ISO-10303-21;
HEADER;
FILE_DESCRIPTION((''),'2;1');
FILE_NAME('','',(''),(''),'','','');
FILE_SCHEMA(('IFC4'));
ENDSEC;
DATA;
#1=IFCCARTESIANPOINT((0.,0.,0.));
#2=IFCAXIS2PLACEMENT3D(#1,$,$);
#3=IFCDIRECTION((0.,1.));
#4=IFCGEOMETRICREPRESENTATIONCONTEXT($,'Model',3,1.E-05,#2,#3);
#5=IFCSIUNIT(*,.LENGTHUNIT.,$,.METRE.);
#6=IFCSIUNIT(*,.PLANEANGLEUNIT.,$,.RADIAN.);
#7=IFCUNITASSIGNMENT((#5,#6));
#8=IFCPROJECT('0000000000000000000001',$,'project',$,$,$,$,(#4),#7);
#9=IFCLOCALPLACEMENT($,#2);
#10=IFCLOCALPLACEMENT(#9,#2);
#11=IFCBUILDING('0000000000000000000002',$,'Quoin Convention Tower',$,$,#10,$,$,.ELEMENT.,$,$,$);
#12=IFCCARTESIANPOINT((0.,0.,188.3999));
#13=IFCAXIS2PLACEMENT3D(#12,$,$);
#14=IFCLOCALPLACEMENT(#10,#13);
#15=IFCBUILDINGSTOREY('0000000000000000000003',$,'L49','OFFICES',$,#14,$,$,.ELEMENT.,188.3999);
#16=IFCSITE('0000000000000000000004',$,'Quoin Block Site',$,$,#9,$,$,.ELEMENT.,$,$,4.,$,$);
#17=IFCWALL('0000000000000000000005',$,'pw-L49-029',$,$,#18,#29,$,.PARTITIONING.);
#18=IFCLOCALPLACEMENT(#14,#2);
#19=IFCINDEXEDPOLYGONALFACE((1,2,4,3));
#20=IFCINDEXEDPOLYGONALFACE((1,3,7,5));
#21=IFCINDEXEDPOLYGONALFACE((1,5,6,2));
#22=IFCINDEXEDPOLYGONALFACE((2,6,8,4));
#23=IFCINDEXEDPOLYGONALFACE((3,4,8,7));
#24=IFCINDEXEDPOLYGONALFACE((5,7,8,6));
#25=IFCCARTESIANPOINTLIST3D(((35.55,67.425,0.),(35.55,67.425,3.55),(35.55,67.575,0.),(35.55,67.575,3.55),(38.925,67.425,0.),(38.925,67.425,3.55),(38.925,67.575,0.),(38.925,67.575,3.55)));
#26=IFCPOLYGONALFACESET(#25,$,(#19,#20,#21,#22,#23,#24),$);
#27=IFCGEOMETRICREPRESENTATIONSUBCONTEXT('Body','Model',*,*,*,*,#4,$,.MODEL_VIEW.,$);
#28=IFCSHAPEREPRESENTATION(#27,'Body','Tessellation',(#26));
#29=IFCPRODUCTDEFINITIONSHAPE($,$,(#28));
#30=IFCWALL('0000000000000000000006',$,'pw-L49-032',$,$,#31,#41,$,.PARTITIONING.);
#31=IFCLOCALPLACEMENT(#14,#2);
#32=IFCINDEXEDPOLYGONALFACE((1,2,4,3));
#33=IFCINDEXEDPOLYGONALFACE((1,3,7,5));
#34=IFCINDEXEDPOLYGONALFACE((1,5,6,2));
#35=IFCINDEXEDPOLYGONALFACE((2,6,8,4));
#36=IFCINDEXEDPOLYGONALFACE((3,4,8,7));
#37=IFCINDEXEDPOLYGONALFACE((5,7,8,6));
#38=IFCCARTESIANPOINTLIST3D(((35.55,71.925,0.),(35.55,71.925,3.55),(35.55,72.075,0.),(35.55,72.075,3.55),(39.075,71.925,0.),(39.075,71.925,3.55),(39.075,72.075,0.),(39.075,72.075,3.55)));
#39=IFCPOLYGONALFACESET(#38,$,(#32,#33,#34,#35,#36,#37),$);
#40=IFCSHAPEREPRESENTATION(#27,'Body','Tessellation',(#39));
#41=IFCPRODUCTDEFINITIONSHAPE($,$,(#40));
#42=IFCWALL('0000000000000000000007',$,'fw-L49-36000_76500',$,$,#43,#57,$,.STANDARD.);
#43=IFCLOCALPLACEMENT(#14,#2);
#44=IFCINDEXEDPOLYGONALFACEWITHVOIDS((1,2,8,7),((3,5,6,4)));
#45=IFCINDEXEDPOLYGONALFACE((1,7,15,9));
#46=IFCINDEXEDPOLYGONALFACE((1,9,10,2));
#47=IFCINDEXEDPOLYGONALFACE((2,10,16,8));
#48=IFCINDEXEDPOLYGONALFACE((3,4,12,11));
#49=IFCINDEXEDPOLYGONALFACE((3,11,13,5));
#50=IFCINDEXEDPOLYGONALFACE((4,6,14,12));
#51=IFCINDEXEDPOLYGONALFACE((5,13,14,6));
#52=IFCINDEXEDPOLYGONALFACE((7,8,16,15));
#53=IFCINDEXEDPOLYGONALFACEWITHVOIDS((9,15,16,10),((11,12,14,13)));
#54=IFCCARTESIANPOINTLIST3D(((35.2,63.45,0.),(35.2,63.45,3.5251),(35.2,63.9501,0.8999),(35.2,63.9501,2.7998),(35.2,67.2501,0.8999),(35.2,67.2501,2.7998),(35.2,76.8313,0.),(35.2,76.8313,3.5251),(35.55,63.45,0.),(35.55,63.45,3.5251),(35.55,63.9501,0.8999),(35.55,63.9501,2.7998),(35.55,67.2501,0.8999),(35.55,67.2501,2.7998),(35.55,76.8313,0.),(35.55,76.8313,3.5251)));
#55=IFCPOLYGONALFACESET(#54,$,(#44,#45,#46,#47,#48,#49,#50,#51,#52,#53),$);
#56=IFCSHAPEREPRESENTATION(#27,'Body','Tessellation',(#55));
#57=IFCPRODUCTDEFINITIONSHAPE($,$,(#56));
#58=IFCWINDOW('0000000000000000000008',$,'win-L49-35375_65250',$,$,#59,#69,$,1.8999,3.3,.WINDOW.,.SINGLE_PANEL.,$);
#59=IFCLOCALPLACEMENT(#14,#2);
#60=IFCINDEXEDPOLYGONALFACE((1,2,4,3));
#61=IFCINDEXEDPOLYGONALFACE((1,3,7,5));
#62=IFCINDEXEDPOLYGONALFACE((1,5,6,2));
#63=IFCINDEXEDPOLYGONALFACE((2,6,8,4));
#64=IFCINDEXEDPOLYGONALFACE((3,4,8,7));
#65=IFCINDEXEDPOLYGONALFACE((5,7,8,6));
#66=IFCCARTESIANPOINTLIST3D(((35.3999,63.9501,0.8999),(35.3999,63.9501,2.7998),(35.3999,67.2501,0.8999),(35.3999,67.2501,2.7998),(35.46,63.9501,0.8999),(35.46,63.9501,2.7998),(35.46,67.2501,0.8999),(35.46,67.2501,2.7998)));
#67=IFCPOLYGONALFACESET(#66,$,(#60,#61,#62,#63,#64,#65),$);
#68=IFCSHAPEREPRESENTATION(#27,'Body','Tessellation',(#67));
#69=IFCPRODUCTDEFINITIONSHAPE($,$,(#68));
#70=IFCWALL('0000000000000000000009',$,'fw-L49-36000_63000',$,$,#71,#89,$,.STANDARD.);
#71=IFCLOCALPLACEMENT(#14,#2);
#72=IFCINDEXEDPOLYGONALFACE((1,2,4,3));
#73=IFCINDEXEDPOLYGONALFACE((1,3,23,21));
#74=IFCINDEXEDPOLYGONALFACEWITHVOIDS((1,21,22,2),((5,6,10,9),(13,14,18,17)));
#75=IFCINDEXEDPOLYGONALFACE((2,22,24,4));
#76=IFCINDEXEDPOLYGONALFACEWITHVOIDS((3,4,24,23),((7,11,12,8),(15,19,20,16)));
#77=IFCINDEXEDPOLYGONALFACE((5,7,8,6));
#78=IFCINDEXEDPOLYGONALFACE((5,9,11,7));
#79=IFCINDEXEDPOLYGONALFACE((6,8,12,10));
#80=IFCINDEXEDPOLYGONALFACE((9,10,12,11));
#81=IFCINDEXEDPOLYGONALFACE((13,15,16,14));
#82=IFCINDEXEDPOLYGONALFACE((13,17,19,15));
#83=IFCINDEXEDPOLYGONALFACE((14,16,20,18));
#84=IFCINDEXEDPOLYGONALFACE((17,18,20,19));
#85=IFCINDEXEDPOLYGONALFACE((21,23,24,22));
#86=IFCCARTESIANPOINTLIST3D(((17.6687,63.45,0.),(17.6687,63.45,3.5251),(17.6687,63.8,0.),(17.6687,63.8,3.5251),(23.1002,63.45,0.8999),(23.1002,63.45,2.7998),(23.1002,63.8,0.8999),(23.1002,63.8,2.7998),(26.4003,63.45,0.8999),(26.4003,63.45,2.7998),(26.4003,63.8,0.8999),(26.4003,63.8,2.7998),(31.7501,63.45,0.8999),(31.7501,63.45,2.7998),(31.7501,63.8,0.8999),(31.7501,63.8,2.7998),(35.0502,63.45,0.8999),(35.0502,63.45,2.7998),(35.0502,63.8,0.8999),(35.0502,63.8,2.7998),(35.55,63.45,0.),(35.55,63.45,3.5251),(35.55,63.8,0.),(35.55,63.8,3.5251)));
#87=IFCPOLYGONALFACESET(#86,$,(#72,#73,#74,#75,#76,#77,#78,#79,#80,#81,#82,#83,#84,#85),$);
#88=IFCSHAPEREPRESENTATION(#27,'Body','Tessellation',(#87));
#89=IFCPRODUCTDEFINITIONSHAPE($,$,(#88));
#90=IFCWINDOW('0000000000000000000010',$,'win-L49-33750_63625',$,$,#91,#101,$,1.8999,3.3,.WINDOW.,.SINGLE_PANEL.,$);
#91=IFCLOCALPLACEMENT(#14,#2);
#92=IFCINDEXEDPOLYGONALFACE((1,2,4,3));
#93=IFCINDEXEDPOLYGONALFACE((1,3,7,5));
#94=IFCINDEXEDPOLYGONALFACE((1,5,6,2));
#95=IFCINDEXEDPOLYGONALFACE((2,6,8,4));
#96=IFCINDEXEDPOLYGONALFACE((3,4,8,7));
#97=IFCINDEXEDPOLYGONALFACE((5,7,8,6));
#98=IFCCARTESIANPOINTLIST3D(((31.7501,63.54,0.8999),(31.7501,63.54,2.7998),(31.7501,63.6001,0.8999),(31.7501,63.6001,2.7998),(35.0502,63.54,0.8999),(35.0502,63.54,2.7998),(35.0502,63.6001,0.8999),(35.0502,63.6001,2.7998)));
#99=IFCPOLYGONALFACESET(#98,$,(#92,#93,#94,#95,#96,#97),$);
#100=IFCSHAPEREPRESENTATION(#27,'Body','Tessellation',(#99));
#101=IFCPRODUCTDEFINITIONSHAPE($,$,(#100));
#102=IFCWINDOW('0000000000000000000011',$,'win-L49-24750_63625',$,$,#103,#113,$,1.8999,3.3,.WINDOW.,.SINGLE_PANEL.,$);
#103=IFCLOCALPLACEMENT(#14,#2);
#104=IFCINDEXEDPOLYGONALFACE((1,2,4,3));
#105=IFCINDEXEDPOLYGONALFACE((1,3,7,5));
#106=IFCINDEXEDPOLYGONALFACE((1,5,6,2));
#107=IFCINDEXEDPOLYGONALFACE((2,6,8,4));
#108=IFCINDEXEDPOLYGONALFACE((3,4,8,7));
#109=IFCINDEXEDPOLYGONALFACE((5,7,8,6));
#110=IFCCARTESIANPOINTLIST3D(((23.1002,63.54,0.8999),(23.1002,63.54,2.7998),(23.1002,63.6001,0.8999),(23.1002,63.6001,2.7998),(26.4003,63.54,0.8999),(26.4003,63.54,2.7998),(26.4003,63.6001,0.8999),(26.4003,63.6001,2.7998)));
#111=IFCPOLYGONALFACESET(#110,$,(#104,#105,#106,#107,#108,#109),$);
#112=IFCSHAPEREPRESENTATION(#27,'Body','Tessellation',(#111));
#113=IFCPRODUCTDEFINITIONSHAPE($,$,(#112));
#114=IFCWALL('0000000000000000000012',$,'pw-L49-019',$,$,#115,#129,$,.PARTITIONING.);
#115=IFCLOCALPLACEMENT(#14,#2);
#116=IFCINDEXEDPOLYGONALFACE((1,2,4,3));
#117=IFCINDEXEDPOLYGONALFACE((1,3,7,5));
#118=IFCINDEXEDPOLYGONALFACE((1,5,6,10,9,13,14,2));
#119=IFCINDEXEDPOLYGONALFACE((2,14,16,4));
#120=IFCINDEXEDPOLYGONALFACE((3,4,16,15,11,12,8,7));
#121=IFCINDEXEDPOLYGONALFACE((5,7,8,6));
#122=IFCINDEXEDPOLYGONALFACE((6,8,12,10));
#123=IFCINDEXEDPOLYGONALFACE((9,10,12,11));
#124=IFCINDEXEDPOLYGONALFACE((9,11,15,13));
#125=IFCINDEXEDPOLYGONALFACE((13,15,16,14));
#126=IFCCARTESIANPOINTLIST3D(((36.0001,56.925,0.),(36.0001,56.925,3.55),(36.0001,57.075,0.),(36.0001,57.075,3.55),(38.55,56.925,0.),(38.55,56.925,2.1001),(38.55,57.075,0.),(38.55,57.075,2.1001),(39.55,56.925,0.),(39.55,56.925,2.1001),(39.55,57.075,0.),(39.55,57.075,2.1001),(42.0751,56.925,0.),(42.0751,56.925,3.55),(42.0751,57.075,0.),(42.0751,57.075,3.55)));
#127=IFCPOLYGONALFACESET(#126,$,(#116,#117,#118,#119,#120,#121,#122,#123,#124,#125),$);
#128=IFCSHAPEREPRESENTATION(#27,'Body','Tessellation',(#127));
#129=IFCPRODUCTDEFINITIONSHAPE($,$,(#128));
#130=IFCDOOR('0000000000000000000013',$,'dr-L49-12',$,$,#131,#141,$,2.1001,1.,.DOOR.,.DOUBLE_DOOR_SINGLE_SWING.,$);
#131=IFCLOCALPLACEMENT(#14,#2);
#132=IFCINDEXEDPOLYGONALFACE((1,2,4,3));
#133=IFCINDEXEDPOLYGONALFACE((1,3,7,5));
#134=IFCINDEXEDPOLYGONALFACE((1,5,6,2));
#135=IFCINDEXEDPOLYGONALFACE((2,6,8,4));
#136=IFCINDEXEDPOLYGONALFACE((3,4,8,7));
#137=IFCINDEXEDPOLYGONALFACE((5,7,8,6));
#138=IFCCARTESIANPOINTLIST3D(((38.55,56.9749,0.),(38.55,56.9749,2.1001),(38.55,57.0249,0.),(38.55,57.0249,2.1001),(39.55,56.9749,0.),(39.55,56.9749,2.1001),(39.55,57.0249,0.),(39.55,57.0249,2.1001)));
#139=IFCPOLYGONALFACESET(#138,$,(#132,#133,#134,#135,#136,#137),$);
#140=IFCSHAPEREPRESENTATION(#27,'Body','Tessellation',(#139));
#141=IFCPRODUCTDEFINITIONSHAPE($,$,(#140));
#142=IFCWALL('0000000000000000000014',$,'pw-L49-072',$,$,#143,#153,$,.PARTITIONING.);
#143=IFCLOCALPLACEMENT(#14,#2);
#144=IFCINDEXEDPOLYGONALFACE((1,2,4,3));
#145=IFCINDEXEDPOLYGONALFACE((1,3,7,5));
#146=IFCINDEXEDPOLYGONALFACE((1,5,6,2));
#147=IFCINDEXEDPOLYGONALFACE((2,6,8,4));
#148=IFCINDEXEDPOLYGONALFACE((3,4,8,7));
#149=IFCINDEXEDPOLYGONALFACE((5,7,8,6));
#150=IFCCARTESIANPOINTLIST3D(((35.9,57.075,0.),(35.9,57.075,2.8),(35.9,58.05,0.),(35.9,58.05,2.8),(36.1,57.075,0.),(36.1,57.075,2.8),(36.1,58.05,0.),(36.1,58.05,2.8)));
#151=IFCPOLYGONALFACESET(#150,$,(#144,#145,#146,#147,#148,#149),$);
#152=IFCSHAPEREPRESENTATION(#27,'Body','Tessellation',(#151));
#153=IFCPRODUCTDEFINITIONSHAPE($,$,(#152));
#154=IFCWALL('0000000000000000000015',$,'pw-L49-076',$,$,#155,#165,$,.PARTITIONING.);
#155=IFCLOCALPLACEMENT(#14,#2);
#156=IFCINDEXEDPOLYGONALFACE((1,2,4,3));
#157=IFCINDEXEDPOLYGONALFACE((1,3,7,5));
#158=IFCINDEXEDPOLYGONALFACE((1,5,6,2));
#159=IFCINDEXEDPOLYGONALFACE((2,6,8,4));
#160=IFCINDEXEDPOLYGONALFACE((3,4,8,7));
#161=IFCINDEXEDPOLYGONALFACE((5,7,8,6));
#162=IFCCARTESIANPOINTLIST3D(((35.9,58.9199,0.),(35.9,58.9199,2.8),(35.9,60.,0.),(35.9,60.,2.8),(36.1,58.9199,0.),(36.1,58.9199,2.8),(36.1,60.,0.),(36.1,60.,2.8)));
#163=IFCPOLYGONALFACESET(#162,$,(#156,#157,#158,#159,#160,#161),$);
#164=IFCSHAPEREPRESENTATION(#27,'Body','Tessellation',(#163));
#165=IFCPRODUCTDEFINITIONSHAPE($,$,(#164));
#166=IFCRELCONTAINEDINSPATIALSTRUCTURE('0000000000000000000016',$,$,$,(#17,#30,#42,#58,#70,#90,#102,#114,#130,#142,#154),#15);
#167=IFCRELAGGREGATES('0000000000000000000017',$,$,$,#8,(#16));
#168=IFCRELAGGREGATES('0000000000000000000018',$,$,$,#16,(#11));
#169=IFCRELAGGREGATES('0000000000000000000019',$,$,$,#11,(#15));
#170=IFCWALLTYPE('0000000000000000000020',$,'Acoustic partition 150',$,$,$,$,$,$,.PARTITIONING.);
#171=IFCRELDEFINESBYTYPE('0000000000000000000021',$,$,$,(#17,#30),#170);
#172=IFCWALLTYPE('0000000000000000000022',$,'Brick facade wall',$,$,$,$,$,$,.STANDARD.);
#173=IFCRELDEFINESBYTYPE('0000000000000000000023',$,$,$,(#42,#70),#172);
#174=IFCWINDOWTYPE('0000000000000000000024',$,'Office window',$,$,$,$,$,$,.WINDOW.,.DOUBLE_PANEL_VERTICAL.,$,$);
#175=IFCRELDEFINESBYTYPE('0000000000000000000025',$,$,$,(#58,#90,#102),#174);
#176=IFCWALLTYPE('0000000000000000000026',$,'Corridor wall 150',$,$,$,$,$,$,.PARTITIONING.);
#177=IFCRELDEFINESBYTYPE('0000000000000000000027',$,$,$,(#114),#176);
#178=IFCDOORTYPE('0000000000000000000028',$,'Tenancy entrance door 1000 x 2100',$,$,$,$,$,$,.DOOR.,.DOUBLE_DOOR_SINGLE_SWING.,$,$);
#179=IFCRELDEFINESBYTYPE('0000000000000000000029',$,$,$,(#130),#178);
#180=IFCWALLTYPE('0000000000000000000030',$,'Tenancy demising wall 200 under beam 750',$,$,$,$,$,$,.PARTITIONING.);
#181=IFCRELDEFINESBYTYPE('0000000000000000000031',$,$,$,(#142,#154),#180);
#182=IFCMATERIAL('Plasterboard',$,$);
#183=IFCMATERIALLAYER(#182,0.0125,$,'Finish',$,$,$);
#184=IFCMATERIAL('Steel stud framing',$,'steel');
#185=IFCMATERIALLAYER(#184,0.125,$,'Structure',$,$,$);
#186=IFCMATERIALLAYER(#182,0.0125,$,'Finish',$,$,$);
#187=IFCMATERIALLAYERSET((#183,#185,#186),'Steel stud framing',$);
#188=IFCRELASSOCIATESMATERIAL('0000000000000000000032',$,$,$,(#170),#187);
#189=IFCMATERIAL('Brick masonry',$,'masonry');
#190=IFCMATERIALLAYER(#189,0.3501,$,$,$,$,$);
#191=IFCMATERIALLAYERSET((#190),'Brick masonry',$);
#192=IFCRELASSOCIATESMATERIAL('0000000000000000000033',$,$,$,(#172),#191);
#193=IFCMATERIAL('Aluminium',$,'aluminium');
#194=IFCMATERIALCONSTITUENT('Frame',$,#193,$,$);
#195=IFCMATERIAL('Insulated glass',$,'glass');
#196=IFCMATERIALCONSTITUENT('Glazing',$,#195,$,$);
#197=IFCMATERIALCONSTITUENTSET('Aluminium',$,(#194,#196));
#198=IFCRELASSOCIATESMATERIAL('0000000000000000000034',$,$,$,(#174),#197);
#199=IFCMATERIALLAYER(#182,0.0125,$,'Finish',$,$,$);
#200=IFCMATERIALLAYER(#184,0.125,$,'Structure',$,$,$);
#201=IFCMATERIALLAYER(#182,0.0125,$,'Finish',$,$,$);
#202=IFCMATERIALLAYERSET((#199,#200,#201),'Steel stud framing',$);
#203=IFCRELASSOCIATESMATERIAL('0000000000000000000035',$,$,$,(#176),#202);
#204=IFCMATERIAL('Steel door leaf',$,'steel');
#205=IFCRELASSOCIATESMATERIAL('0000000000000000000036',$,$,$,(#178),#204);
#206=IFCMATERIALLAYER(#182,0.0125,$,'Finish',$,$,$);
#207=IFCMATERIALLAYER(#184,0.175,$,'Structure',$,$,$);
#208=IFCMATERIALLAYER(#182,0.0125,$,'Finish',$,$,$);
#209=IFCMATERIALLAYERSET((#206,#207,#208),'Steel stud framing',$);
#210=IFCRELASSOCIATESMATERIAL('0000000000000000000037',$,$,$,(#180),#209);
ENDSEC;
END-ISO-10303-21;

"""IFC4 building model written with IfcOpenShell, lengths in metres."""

from ifc_helpers import new_model, si_unit, direction, frame, frame_2d, origin, place, context, subcontext, project, spatial, rectangle, extrude, material, layer, layer_set, constituent, constituent_set, type_object, element, fill, save


model = new_model("IFC4")

# Units and contexts
model_context = context("Model", 3, precision=1e-05, world=origin(), true_north=direction((0.0, 1.0)))
body_context = subcontext(model_context, "Body", "Model", "MODEL_VIEW")
ifc_project = project(units=[si_unit("LENGTHUNIT", "METRE"), si_unit("PLANEANGLEUNIT", "RADIAN")], contexts=[model_context])

# Site, building, storey
site_placement = place(None, origin())
site = spatial("IfcSite", under=ifc_project, at=site_placement, Name="Quoin Block Site", CompositionType="ELEMENT", RefElevation=4.0)
building_placement = place(site_placement, origin())
building = spatial("IfcBuilding", under=site, at=building_placement, Name="Quoin Convention Tower", CompositionType="ELEMENT")
storey_placement = place(building_placement, frame((0.0, 0.0, 188.3999)))
storey = spatial("IfcBuildingStorey", under=building, at=storey_placement, Name="L49", Description="OFFICES", CompositionType="ELEMENT", Elevation=188.3999)

# Walls
ifc_material_1 = material(Name="Plasterboard")
ifc_layer_1 = layer(ifc_material_1, 0.0125, Name="Finish")
ifc_material_2 = material(Name="Steel stud framing", Category="steel")
ifc_layer_2 = layer(ifc_material_2, 0.125, Name="Structure")
ifc_layer_3 = layer(ifc_material_1, 0.0125, Name="Finish")
ifc_layer_set_1 = layer_set([ifc_layer_1, ifc_layer_2, ifc_layer_3], Name="Steel stud framing")
wall_type_1 = type_object("IfcWallType", Name="Acoustic partition 150", PredefinedType="PARTITIONING", material=ifc_layer_set_1)
wall_1_placement = place(storey_placement, frame((35.55, 67.5, 0.0), z_axis=(0.0, 0.0, 1.0), x_axis=(1.0, 0.0, 0.0)))
element("IfcWall", 1, at=wall_1_placement, inside=storey, type_object=wall_type_1, Name="pw-L49-029", PredefinedType="PARTITIONING", context=body_context, shape_type="SweptSolid", body=[
    extrude(rectangle(XDim=3.375, YDim=0.1499, at=frame_2d((1.6875, 0.0))), origin(), (0.0, 0.0, 1.0), 3.55),
])
wall_2_placement = place(storey_placement, frame((35.55, 72.0, 0.0), z_axis=(0.0, 0.0, 1.0), x_axis=(1.0, 0.0, 0.0)))
element("IfcWall", 2, at=wall_2_placement, inside=storey, type_object=wall_type_1, Name="pw-L49-032", PredefinedType="PARTITIONING", context=body_context, shape_type="SweptSolid", body=[
    extrude(rectangle(XDim=3.5249, YDim=0.1499, at=frame_2d((1.7625, 0.0))), origin(), (0.0, 0.0, 1.0), 3.55),
])

# Wall, opening, window
ifc_material_3 = material(Name="Brick masonry", Category="masonry")
ifc_layer_4 = layer(ifc_material_3, 0.3501)
ifc_layer_set_2 = layer_set([ifc_layer_4], Name="Brick masonry")
wall_type_2 = type_object("IfcWallType", Name="Brick facade wall", PredefinedType="STANDARD", material=ifc_layer_set_2)
wall_3_placement = place(storey_placement, frame((35.375, 76.8313, 0.0), z_axis=(0.0, 0.0, 1.0), x_axis=(0.0, -1.0, 0.0)))
wall_3 = element("IfcWall", 3, at=wall_3_placement, inside=storey, type_object=wall_type_2, Name="fw-L49-36000_76500", PredefinedType="STANDARD", context=body_context, shape_type="SweptSolid", body=[
    extrude(rectangle(XDim=13.3813, YDim=0.3501, at=frame_2d((6.6907, 0.0))), origin(), (0.0, 0.0, 1.0), 3.5251),
])
opening_1_placement = place(wall_3_placement, frame((9.5813, 0.0, 0.8999)))
opening_1 = element("IfcOpeningElement", 4, at=opening_1_placement, cuts=wall_3, PredefinedType="OPENING", context=body_context, shape_type="SweptSolid", body=[
    extrude(rectangle(XDim=3.3, YDim=1.8999, at=frame_2d((1.6499, 0.95))), frame((0.0, 0.1851, 0.0), z_axis=(0.0, -1.0, 0.0), x_axis=(1.0, 0.0, 0.0)), (0.0, 0.0, 1.0), 0.3701),
])
ifc_material_4 = material(Name="Aluminium", Category="aluminium")
ifc_constituent_1 = constituent(ifc_material_4, Name="Frame")
ifc_material_5 = material(Name="Insulated glass", Category="glass")
ifc_constituent_2 = constituent(ifc_material_5, Name="Glazing")
ifc_constituent_set = constituent_set(constituents=[ifc_constituent_1, ifc_constituent_2], Name="Aluminium")
window_type = type_object("IfcWindowType", Name="Office window", PartitioningType="DOUBLE_PANEL_VERTICAL", PredefinedType="WINDOW", material=ifc_constituent_set)
window_1_placement = place(opening_1_placement, origin())
window_1 = element("IfcWindow", 5, at=window_1_placement, inside=storey, type_object=window_type, Name="win-L49-35375_65250", OverallHeight=1.8999, OverallWidth=3.3, PartitioningType="SINGLE_PANEL", PredefinedType="WINDOW", context=body_context, shape_type="SweptSolid", body=[
    extrude(rectangle(XDim=3.3, YDim=1.8999, at=frame_2d((1.6499, 0.95))), frame((0.0, 0.085, 0.0), z_axis=(0.0, -1.0, 0.0), x_axis=(1.0, 0.0, 0.0)), (0.0, 0.0, 1.0), 0.0601),
])
fill(opening_1, window_1)

# Wall, openings, windows
wall_4_placement = place(storey_placement, frame((35.55, 63.625, 0.0), z_axis=(0.0, 0.0, 1.0), x_axis=(-1.0, 0.0, 0.0)))
wall_4 = element("IfcWall", 6, at=wall_4_placement, inside=storey, type_object=wall_type_2, Name="fw-L49-36000_63000", PredefinedType="STANDARD", context=body_context, shape_type="SweptSolid", body=[
    extrude(rectangle(XDim=17.8813, YDim=0.3501, at=frame_2d((8.9407, 0.0))), origin(), (0.0, 0.0, 1.0), 3.5251),
])
opening_2_placement = place(wall_4_placement, frame((0.5, 0.0, 0.8999)))
opening_2 = element("IfcOpeningElement", 7, at=opening_2_placement, cuts=wall_4, PredefinedType="OPENING", context=body_context, shape_type="SweptSolid", body=[
    extrude(rectangle(XDim=3.3, YDim=1.8999, at=frame_2d((1.6499, 0.95))), frame((0.0, 0.1851, 0.0), z_axis=(0.0, -1.0, 0.0), x_axis=(1.0, 0.0, 0.0)), (0.0, 0.0, 1.0), 0.3701),
])
opening_3_placement = place(wall_4_placement, frame((9.1499, 0.0, 0.8999)))
opening_3 = element("IfcOpeningElement", 8, at=opening_3_placement, cuts=wall_4, PredefinedType="OPENING", context=body_context, shape_type="SweptSolid", body=[
    extrude(rectangle(XDim=3.3, YDim=1.8999, at=frame_2d((1.6499, 0.95))), frame((0.0, 0.1851, 0.0), z_axis=(0.0, -1.0, 0.0), x_axis=(1.0, 0.0, 0.0)), (0.0, 0.0, 1.0), 0.3701),
])
window_2_placement = place(opening_2_placement, origin())
window_2 = element("IfcWindow", 9, at=window_2_placement, inside=storey, type_object=window_type, Name="win-L49-33750_63625", OverallHeight=1.8999, OverallWidth=3.3, PartitioningType="SINGLE_PANEL", PredefinedType="WINDOW", context=body_context, shape_type="SweptSolid", body=[
    extrude(rectangle(XDim=3.3, YDim=1.8999, at=frame_2d((1.6499, 0.95))), frame((0.0, 0.085, 0.0), z_axis=(0.0, -1.0, 0.0), x_axis=(1.0, 0.0, 0.0)), (0.0, 0.0, 1.0), 0.0601),
])
fill(opening_2, window_2)
window_3_placement = place(opening_3_placement, origin())
window_3 = element("IfcWindow", 10, at=window_3_placement, inside=storey, type_object=window_type, Name="win-L49-24750_63625", OverallHeight=1.8999, OverallWidth=3.3, PartitioningType="SINGLE_PANEL", PredefinedType="WINDOW", context=body_context, shape_type="SweptSolid", body=[
    extrude(rectangle(XDim=3.3, YDim=1.8999, at=frame_2d((1.6499, 0.95))), frame((0.0, 0.085, 0.0), z_axis=(0.0, -1.0, 0.0), x_axis=(1.0, 0.0, 0.0)), (0.0, 0.0, 1.0), 0.0601),
])
fill(opening_3, window_3)

# Wall, opening, door
ifc_layer_5 = layer(ifc_material_1, 0.0125, Name="Finish")
ifc_layer_6 = layer(ifc_material_2, 0.125, Name="Structure")
ifc_layer_7 = layer(ifc_material_1, 0.0125, Name="Finish")
ifc_layer_set_3 = layer_set([ifc_layer_5, ifc_layer_6, ifc_layer_7], Name="Steel stud framing")
wall_type_3 = type_object("IfcWallType", Name="Corridor wall 150", PredefinedType="PARTITIONING", material=ifc_layer_set_3)
wall_5_placement = place(storey_placement, frame((36.0, 57.0, 0.0), z_axis=(0.0, 0.0, 1.0), x_axis=(1.0, 0.0, 0.0)))
wall_5 = element("IfcWall", 11, at=wall_5_placement, inside=storey, type_object=wall_type_3, Name="pw-L49-019", PredefinedType="PARTITIONING", context=body_context, shape_type="SweptSolid", body=[
    extrude(rectangle(XDim=6.075, YDim=0.1499, at=frame_2d((3.0376, 0.0))), origin(), (0.0, 0.0, 1.0), 3.55),
])
opening_4_placement = place(wall_5_placement, frame((2.55, 0.0, 0.0)))
opening_4 = element("IfcOpeningElement", 12, at=opening_4_placement, cuts=wall_5, PredefinedType="OPENING", context=body_context, shape_type="SweptSolid", body=[
    extrude(rectangle(XDim=1.0, YDim=2.1001, at=frame_2d((0.5, 1.05))), frame((0.0, 0.085, 0.0), z_axis=(0.0, -1.0, 0.0), x_axis=(1.0, 0.0, 0.0)), (0.0, 0.0, 1.0), 0.1699),
])
ifc_material_6 = material(Name="Steel door leaf", Category="steel")
door_type = type_object("IfcDoorType", Name="Tenancy entrance door 1000 x 2100", OperationType="DOUBLE_DOOR_SINGLE_SWING", PredefinedType="DOOR", material=ifc_material_6)
door_placement = place(opening_4_placement, origin())
door = element("IfcDoor", 13, at=door_placement, inside=storey, type_object=door_type, Name="dr-L49-12", OperationType="DOUBLE_DOOR_SINGLE_SWING", OverallHeight=2.1001, OverallWidth=1.0, PredefinedType="DOOR", context=body_context, shape_type="SweptSolid", body=[
    extrude(rectangle(XDim=1.0, YDim=2.1001, at=frame_2d((0.5, 1.05))), frame((0.0, 0.0249, 0.0), z_axis=(0.0, -1.0, 0.0), x_axis=(1.0, 0.0, 0.0)), (0.0, 0.0, 1.0), 0.05),
])
fill(opening_4, door)

# Walls
ifc_layer_8 = layer(ifc_material_1, 0.0125, Name="Finish")
ifc_layer_9 = layer(ifc_material_2, 0.175, Name="Structure")
ifc_layer_10 = layer(ifc_material_1, 0.0125, Name="Finish")
ifc_layer_set_4 = layer_set([ifc_layer_8, ifc_layer_9, ifc_layer_10], Name="Steel stud framing")
wall_type_4 = type_object("IfcWallType", Name="Tenancy demising wall 200 under beam 750", PredefinedType="PARTITIONING", material=ifc_layer_set_4)
wall_6_placement = place(storey_placement, frame((36.0, 57.075, 0.0), z_axis=(0.0, 0.0, 1.0), x_axis=(0.0, 1.0, 0.0)))
element("IfcWall", 14, at=wall_6_placement, inside=storey, type_object=wall_type_4, Name="pw-L49-072", PredefinedType="PARTITIONING", context=body_context, shape_type="SweptSolid", body=[
    extrude(rectangle(XDim=0.9751, YDim=0.2, at=frame_2d((0.4875, 0.0))), origin(), (0.0, 0.0, 1.0), 2.8),
])
wall_7_placement = place(storey_placement, frame((36.0, 58.9199, 0.0), z_axis=(0.0, 0.0, 1.0), x_axis=(0.0, 1.0, 0.0)))
element("IfcWall", 15, at=wall_7_placement, inside=storey, type_object=wall_type_4, Name="pw-L49-076", PredefinedType="PARTITIONING", context=body_context, shape_type="SweptSolid", body=[
    extrude(rectangle(XDim=1.0801, YDim=0.2, at=frame_2d((0.54, 0.0))), origin(), (0.0, 0.0, 1.0), 2.8),
])

save(model, "model.ifc")
